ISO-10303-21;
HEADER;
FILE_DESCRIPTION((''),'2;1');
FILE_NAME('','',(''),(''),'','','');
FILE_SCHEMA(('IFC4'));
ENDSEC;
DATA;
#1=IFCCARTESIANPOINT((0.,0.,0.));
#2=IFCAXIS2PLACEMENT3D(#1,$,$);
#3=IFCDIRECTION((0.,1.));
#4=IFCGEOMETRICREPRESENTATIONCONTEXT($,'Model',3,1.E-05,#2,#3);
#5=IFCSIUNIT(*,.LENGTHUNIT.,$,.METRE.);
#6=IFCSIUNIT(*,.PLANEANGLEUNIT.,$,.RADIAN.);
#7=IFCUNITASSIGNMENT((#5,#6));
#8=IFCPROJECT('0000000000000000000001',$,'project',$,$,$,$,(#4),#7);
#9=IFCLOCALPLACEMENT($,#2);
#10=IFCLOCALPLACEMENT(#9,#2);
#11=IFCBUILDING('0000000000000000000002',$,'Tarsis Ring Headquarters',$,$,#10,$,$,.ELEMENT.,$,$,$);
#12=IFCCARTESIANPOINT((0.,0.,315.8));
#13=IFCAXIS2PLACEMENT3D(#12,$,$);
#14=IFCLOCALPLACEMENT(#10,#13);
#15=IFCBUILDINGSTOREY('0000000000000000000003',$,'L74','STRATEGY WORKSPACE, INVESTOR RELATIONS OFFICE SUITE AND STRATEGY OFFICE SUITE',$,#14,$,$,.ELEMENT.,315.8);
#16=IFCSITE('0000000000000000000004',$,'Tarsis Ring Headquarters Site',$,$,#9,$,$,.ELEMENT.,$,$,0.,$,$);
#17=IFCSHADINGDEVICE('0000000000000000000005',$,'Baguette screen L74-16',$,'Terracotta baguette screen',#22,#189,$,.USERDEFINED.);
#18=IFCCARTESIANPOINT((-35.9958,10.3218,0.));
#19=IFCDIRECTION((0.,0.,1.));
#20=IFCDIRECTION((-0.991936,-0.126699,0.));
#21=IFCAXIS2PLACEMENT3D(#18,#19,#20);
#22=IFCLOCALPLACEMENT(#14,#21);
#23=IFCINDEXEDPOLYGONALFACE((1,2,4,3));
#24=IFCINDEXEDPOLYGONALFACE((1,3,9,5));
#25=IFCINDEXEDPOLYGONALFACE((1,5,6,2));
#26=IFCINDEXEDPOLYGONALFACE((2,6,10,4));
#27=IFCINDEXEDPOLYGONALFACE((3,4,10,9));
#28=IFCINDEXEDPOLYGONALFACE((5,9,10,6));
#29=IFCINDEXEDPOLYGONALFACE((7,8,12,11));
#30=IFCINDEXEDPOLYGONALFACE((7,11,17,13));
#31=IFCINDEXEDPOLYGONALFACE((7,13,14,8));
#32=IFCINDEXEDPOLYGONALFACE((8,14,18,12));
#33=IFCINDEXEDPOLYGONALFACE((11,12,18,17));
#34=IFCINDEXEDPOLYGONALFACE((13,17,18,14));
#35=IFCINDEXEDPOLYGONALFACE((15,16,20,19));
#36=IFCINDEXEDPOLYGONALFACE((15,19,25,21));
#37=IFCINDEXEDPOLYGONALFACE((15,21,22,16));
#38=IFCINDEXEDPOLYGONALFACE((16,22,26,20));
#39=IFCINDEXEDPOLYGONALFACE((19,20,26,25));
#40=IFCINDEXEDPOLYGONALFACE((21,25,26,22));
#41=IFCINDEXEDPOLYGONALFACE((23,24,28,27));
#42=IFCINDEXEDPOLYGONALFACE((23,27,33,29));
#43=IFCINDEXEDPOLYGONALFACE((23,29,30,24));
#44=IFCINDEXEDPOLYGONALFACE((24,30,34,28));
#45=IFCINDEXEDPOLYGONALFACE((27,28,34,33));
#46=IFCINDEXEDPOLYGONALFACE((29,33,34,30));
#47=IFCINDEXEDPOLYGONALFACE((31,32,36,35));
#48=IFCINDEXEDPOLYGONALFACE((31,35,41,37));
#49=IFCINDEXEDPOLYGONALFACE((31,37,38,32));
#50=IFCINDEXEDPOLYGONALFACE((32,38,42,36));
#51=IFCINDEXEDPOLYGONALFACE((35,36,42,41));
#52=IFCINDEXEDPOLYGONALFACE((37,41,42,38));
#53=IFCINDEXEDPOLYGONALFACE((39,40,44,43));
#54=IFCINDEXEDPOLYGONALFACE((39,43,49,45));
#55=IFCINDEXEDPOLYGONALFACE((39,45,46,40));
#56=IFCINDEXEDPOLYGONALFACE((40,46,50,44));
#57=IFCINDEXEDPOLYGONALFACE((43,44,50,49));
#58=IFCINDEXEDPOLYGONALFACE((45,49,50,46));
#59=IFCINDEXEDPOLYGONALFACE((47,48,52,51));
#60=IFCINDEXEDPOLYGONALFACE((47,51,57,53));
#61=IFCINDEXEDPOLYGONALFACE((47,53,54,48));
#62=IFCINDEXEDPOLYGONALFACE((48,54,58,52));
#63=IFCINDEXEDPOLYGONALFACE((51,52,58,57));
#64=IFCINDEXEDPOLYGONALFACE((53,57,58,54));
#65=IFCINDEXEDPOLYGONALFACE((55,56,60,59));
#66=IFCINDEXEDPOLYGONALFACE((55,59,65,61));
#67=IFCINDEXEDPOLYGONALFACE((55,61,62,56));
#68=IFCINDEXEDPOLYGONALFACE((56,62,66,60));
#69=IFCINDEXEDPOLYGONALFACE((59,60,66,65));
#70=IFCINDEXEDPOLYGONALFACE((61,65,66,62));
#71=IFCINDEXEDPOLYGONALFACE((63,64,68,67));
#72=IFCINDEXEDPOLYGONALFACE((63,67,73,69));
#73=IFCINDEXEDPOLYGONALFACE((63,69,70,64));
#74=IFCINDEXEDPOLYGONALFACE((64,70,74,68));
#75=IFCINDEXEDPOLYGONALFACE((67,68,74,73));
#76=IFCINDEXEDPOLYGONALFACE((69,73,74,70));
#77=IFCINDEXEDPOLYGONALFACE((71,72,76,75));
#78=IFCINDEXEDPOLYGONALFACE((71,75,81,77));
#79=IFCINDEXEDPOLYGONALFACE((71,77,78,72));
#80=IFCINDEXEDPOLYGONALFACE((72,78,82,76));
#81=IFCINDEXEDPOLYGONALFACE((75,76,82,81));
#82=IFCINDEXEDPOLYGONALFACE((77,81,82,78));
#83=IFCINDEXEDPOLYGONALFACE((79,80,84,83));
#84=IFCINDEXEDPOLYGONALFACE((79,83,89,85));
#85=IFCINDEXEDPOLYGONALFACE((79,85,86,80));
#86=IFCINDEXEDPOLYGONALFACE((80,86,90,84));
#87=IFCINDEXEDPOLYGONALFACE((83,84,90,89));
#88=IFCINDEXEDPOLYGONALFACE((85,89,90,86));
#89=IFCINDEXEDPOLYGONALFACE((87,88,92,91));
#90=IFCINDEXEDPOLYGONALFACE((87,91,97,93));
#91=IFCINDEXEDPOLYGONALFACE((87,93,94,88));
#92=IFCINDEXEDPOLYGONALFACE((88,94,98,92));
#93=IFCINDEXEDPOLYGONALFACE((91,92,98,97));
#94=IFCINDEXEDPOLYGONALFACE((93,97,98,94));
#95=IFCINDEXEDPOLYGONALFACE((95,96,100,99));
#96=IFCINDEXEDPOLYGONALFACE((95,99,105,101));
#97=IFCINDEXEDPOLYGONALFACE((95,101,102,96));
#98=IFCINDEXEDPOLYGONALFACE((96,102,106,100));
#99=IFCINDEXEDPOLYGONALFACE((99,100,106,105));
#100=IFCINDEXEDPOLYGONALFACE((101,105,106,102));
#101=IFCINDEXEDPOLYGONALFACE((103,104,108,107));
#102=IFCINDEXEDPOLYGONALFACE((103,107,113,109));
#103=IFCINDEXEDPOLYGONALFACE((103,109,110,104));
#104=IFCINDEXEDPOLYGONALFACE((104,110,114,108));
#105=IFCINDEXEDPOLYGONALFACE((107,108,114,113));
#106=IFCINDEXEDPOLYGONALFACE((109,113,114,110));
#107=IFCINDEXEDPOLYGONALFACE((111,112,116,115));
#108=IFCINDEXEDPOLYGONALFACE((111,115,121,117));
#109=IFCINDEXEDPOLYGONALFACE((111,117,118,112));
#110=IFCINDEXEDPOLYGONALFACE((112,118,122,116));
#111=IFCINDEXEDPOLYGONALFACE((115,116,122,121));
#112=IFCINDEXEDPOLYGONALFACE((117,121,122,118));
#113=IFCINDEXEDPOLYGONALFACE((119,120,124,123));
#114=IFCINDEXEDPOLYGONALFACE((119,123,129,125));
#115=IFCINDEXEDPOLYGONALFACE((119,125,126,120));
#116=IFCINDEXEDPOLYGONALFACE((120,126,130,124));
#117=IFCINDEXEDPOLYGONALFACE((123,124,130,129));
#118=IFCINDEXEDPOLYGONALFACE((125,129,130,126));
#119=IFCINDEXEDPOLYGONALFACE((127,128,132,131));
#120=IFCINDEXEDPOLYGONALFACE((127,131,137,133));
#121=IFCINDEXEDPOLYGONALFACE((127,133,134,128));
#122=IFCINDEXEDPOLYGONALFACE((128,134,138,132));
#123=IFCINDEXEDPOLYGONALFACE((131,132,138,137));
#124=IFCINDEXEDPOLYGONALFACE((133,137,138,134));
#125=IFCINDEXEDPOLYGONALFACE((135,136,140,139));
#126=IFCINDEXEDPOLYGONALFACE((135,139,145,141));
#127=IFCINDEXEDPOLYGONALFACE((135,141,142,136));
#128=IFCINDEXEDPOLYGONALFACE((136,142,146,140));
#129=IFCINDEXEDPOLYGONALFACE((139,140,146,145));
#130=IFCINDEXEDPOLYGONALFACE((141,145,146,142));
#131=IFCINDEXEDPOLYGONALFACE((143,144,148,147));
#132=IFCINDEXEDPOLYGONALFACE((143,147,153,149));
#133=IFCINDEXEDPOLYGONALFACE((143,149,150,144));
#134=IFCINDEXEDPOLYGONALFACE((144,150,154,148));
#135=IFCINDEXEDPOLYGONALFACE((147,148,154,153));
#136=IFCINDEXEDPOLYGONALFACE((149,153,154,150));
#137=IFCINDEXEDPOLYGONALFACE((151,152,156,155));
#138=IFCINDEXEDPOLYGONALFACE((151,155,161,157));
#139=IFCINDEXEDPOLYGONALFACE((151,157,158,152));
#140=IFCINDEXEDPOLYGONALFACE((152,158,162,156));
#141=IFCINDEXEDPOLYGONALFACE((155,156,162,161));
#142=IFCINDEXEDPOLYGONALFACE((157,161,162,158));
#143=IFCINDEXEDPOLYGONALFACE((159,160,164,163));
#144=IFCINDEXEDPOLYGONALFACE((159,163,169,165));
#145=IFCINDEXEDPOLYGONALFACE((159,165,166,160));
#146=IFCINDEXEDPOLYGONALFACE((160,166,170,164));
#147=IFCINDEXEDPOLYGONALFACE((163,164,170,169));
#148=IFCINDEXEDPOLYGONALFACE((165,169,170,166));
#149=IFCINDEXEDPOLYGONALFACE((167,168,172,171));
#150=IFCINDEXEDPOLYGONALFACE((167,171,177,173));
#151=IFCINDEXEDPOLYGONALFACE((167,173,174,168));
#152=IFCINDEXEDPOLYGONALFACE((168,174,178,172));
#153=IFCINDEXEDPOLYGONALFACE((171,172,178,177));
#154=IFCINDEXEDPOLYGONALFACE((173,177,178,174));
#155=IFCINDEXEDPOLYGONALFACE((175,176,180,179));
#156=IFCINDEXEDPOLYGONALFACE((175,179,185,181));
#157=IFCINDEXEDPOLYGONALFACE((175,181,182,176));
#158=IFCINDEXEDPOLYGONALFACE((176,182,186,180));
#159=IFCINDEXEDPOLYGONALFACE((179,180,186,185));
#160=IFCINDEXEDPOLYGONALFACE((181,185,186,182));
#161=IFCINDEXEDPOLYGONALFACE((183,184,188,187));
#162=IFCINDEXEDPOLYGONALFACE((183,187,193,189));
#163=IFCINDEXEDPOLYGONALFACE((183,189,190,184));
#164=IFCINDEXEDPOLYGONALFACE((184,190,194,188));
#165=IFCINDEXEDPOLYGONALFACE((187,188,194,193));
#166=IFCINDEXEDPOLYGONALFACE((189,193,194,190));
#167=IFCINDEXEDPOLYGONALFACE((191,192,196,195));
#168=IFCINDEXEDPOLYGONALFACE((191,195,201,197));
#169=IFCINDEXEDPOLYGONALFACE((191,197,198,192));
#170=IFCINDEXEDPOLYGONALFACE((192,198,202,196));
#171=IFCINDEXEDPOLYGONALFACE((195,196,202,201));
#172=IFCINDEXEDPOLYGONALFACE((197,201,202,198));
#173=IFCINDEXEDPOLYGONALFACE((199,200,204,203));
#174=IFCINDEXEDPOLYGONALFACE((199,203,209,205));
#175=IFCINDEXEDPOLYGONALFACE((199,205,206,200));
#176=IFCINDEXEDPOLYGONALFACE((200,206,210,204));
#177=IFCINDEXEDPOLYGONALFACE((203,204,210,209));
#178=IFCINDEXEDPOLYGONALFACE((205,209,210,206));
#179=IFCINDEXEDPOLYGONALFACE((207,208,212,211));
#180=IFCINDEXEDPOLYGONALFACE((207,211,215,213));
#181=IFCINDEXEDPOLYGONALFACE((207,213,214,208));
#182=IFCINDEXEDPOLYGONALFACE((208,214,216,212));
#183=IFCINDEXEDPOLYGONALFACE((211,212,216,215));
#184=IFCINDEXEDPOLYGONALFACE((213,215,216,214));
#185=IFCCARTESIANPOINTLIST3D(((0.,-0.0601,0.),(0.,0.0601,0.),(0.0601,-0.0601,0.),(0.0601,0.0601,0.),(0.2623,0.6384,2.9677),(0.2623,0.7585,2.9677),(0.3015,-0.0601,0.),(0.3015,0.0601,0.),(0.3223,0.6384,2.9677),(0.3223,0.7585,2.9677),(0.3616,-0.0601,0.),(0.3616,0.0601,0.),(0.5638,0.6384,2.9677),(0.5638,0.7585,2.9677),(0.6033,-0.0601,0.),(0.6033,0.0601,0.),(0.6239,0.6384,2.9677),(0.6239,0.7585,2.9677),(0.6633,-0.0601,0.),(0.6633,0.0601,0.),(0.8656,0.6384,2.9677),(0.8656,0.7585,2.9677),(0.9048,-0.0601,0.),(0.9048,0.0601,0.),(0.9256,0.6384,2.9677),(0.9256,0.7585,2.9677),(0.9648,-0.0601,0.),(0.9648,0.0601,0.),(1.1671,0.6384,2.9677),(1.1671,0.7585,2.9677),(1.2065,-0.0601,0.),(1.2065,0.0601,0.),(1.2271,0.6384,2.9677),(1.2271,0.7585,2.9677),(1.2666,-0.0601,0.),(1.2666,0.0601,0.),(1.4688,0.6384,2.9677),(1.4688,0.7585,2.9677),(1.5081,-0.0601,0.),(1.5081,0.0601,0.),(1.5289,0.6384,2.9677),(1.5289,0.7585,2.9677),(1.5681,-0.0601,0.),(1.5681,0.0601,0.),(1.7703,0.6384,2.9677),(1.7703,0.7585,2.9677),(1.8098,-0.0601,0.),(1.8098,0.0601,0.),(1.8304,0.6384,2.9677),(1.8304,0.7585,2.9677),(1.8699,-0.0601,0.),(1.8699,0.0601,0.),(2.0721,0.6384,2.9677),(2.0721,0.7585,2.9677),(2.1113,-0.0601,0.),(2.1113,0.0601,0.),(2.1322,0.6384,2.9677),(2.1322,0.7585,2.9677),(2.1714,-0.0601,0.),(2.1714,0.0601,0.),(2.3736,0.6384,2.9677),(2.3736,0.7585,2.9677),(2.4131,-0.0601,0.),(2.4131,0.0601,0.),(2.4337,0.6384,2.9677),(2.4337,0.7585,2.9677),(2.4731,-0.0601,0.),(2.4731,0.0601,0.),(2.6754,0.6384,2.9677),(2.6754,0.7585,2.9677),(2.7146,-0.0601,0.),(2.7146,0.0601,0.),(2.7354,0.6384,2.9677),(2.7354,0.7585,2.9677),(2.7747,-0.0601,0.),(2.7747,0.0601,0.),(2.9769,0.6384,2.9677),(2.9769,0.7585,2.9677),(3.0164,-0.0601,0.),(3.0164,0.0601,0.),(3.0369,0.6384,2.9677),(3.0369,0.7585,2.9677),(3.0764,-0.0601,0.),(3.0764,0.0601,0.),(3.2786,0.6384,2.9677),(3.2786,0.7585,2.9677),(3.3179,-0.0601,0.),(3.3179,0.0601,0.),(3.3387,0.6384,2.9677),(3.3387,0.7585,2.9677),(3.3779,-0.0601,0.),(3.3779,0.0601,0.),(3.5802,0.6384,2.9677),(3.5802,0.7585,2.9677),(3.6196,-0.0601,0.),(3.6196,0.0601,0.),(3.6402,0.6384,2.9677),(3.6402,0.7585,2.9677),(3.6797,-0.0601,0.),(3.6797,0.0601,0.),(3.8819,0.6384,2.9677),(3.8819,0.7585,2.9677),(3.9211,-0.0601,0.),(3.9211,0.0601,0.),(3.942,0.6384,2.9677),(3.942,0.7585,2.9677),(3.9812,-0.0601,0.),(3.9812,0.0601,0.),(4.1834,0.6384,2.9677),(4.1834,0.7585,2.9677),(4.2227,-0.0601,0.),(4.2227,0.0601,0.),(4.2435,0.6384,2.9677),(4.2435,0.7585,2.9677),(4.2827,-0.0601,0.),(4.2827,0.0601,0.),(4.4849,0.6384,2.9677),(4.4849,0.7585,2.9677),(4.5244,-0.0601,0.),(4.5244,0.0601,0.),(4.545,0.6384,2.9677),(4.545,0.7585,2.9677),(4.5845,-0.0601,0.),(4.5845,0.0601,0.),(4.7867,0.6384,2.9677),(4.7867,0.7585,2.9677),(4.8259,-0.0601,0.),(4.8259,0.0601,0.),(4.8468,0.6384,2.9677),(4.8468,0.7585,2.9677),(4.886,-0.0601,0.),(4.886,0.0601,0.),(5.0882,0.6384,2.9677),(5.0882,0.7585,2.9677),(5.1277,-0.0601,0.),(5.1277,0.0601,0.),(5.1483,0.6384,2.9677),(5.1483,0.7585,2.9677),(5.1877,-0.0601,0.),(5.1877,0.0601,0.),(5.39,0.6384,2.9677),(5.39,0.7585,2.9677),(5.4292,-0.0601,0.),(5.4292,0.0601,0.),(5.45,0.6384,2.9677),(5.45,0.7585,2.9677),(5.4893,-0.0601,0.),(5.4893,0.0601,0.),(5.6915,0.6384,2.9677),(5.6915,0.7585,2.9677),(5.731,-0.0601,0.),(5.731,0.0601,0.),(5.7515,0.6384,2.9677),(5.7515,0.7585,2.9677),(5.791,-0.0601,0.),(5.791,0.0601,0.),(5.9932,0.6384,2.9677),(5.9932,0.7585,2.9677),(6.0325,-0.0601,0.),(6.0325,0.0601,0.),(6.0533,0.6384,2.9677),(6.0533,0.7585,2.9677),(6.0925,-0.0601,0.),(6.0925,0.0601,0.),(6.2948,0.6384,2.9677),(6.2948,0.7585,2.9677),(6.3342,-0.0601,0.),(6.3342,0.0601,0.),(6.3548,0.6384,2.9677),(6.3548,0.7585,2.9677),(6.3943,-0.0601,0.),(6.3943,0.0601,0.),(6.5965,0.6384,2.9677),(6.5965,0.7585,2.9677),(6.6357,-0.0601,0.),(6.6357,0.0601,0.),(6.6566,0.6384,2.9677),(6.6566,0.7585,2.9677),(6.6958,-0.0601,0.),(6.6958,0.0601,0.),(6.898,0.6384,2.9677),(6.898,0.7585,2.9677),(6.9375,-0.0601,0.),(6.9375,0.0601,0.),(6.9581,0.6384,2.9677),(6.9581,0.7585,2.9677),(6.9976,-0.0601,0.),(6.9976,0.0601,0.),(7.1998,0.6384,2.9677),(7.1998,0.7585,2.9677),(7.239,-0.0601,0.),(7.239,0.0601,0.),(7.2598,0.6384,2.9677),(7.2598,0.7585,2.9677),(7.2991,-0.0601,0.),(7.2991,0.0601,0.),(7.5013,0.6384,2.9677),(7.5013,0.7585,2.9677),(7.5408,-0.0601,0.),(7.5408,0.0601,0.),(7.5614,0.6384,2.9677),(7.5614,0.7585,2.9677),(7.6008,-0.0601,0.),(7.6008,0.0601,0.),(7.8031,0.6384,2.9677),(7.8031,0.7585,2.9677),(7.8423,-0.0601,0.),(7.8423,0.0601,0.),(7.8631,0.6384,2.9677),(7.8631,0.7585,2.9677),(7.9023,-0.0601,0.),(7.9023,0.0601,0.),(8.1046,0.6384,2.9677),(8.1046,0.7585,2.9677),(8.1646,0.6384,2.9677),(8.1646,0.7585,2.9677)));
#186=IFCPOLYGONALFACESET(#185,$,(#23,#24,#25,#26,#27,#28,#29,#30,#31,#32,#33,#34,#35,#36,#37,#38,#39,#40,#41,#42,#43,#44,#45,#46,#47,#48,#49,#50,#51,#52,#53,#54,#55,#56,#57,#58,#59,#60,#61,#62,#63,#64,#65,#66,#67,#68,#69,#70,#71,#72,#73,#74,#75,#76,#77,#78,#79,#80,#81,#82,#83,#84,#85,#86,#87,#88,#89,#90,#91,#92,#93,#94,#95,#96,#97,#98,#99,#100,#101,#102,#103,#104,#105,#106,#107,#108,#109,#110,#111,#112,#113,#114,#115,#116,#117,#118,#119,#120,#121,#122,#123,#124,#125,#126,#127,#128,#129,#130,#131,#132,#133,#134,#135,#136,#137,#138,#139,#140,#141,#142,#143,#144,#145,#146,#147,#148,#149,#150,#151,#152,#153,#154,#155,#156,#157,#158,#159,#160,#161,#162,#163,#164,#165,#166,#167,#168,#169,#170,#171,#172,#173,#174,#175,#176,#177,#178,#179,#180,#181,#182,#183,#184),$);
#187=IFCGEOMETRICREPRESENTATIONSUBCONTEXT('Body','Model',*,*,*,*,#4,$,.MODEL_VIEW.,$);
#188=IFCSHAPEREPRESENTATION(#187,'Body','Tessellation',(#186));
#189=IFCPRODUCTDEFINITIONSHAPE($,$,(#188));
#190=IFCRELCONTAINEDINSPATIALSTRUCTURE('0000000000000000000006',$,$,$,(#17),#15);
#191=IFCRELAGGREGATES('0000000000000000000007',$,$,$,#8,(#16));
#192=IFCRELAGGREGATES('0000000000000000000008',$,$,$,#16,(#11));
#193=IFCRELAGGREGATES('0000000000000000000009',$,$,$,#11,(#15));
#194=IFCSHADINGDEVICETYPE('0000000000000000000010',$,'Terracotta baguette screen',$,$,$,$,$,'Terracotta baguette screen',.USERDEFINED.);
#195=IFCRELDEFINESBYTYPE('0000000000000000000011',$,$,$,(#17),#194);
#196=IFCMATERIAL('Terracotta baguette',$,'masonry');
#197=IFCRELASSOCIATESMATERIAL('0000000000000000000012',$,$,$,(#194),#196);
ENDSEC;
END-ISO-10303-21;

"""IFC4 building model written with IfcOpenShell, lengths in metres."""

from ifc_helpers import new_model, si_unit, direction, frame, frame_2d, origin, place, context, subcontext, project, spatial, rectangle, composite_profile, extrude, material, type_object, element, save


model = new_model("IFC4")

# Units and contexts
model_context = context("Model", 3, precision=1e-05, world=origin(), true_north=direction((0.0, 1.0)))
body_context = subcontext(model_context, "Body", "Model", "MODEL_VIEW")
ifc_project = project(units=[si_unit("LENGTHUNIT", "METRE"), si_unit("PLANEANGLEUNIT", "RADIAN")], contexts=[model_context])

# Site, building, storey
site_placement = place(None, origin())
site = spatial("IfcSite", under=ifc_project, at=site_placement, Name="Tarsis Ring Headquarters Site", CompositionType="ELEMENT", RefElevation=0.0)
building_placement = place(site_placement, origin())
building = spatial("IfcBuilding", under=site, at=building_placement, Name="Tarsis Ring Headquarters", CompositionType="ELEMENT")
storey_placement = place(building_placement, frame((0.0, 0.0, 315.8)))
storey = spatial("IfcBuildingStorey", under=building, at=storey_placement, Name="L74", Description="STRATEGY WORKSPACE, INVESTOR RELATIONS OFFICE SUITE AND STRATEGY OFFICE SUITE", CompositionType="ELEMENT", Elevation=315.8)

# Shading device
ifc_material_1 = material(Name="Terracotta baguette", Category="masonry")
shading_device_type_1 = type_object("IfcShadingDeviceType", Name="Terracotta baguette screen", ElementType="Terracotta baguette screen", PredefinedType="USERDEFINED", material=ifc_material_1)
shading_device_1_placement = place(storey_placement, frame((-35.9958, 10.3218, 0.0), z_axis=(0.0, 0.0, 1.0), x_axis=(-0.991936, -0.126699, 0.0)))
element("IfcShadingDevice", 1, at=shading_device_1_placement, inside=storey, type_object=shading_device_type_1, Name="Baguette screen L74-16", ObjectType="Terracotta baguette screen", PredefinedType="USERDEFINED", context=body_context, shape_type="SweptSolid", body=[
    extrude(composite_profile([rectangle(XDim=0.0601, YDim=0.1201, at=frame_2d((0.03, 0.0))), rectangle(XDim=0.0601, YDim=0.1201, at=frame_2d((0.3315, 0.0))), rectangle(XDim=0.0601, YDim=0.1201, at=frame_2d((0.6333, 0.0))), rectangle(XDim=0.0601, YDim=0.1201, at=frame_2d((0.9348, 0.0))), rectangle(XDim=0.0601, YDim=0.1201, at=frame_2d((1.2366, 0.0))), rectangle(XDim=0.0601, YDim=0.1201, at=frame_2d((1.5381, 0.0))), rectangle(XDim=0.0601, YDim=0.1201, at=frame_2d((1.8398, 0.0))), rectangle(XDim=0.0601, YDim=0.1201, at=frame_2d((2.1414, 0.0))), rectangle(XDim=0.0601, YDim=0.1201, at=frame_2d((2.4431, 0.0))), rectangle(XDim=0.0601, YDim=0.1201, at=frame_2d((2.7446, 0.0))), rectangle(XDim=0.0601, YDim=0.1201, at=frame_2d((3.0464, 0.0))), rectangle(XDim=0.0601, YDim=0.1201, at=frame_2d((3.3479, 0.0))), rectangle(XDim=0.0601, YDim=0.1201, at=frame_2d((3.6497, 0.0))), rectangle(XDim=0.0601, YDim=0.1201, at=frame_2d((3.9512, 0.0))), rectangle(XDim=0.0601, YDim=0.1201, at=frame_2d((4.2527, 0.0))), rectangle(XDim=0.0601, YDim=0.1201, at=frame_2d((4.5544, 0.0))), rectangle(XDim=0.0601, YDim=0.1201, at=frame_2d((4.856, 0.0))), rectangle(XDim=0.0601, YDim=0.1201, at=frame_2d((5.1577, 0.0))), rectangle(XDim=0.0601, YDim=0.1201, at=frame_2d((5.4592, 0.0))), rectangle(XDim=0.0601, YDim=0.1201, at=frame_2d((5.761, 0.0))), rectangle(XDim=0.0601, YDim=0.1201, at=frame_2d((6.0625, 0.0))), rectangle(XDim=0.0601, YDim=0.1201, at=frame_2d((6.3643, 0.0))), rectangle(XDim=0.0601, YDim=0.1201, at=frame_2d((6.6658, 0.0))), rectangle(XDim=0.0601, YDim=0.1201, at=frame_2d((6.9675, 0.0))), rectangle(XDim=0.0601, YDim=0.1201, at=frame_2d((7.269, 0.0))), rectangle(XDim=0.0601, YDim=0.1201, at=frame_2d((7.5708, 0.0))), rectangle(XDim=0.0601, YDim=0.1201, at=frame_2d((7.8723, 0.0)))]), origin(), (0.085714, 0.228255, 0.969821), 3.0601),
])

save(model, "model.ifc")
